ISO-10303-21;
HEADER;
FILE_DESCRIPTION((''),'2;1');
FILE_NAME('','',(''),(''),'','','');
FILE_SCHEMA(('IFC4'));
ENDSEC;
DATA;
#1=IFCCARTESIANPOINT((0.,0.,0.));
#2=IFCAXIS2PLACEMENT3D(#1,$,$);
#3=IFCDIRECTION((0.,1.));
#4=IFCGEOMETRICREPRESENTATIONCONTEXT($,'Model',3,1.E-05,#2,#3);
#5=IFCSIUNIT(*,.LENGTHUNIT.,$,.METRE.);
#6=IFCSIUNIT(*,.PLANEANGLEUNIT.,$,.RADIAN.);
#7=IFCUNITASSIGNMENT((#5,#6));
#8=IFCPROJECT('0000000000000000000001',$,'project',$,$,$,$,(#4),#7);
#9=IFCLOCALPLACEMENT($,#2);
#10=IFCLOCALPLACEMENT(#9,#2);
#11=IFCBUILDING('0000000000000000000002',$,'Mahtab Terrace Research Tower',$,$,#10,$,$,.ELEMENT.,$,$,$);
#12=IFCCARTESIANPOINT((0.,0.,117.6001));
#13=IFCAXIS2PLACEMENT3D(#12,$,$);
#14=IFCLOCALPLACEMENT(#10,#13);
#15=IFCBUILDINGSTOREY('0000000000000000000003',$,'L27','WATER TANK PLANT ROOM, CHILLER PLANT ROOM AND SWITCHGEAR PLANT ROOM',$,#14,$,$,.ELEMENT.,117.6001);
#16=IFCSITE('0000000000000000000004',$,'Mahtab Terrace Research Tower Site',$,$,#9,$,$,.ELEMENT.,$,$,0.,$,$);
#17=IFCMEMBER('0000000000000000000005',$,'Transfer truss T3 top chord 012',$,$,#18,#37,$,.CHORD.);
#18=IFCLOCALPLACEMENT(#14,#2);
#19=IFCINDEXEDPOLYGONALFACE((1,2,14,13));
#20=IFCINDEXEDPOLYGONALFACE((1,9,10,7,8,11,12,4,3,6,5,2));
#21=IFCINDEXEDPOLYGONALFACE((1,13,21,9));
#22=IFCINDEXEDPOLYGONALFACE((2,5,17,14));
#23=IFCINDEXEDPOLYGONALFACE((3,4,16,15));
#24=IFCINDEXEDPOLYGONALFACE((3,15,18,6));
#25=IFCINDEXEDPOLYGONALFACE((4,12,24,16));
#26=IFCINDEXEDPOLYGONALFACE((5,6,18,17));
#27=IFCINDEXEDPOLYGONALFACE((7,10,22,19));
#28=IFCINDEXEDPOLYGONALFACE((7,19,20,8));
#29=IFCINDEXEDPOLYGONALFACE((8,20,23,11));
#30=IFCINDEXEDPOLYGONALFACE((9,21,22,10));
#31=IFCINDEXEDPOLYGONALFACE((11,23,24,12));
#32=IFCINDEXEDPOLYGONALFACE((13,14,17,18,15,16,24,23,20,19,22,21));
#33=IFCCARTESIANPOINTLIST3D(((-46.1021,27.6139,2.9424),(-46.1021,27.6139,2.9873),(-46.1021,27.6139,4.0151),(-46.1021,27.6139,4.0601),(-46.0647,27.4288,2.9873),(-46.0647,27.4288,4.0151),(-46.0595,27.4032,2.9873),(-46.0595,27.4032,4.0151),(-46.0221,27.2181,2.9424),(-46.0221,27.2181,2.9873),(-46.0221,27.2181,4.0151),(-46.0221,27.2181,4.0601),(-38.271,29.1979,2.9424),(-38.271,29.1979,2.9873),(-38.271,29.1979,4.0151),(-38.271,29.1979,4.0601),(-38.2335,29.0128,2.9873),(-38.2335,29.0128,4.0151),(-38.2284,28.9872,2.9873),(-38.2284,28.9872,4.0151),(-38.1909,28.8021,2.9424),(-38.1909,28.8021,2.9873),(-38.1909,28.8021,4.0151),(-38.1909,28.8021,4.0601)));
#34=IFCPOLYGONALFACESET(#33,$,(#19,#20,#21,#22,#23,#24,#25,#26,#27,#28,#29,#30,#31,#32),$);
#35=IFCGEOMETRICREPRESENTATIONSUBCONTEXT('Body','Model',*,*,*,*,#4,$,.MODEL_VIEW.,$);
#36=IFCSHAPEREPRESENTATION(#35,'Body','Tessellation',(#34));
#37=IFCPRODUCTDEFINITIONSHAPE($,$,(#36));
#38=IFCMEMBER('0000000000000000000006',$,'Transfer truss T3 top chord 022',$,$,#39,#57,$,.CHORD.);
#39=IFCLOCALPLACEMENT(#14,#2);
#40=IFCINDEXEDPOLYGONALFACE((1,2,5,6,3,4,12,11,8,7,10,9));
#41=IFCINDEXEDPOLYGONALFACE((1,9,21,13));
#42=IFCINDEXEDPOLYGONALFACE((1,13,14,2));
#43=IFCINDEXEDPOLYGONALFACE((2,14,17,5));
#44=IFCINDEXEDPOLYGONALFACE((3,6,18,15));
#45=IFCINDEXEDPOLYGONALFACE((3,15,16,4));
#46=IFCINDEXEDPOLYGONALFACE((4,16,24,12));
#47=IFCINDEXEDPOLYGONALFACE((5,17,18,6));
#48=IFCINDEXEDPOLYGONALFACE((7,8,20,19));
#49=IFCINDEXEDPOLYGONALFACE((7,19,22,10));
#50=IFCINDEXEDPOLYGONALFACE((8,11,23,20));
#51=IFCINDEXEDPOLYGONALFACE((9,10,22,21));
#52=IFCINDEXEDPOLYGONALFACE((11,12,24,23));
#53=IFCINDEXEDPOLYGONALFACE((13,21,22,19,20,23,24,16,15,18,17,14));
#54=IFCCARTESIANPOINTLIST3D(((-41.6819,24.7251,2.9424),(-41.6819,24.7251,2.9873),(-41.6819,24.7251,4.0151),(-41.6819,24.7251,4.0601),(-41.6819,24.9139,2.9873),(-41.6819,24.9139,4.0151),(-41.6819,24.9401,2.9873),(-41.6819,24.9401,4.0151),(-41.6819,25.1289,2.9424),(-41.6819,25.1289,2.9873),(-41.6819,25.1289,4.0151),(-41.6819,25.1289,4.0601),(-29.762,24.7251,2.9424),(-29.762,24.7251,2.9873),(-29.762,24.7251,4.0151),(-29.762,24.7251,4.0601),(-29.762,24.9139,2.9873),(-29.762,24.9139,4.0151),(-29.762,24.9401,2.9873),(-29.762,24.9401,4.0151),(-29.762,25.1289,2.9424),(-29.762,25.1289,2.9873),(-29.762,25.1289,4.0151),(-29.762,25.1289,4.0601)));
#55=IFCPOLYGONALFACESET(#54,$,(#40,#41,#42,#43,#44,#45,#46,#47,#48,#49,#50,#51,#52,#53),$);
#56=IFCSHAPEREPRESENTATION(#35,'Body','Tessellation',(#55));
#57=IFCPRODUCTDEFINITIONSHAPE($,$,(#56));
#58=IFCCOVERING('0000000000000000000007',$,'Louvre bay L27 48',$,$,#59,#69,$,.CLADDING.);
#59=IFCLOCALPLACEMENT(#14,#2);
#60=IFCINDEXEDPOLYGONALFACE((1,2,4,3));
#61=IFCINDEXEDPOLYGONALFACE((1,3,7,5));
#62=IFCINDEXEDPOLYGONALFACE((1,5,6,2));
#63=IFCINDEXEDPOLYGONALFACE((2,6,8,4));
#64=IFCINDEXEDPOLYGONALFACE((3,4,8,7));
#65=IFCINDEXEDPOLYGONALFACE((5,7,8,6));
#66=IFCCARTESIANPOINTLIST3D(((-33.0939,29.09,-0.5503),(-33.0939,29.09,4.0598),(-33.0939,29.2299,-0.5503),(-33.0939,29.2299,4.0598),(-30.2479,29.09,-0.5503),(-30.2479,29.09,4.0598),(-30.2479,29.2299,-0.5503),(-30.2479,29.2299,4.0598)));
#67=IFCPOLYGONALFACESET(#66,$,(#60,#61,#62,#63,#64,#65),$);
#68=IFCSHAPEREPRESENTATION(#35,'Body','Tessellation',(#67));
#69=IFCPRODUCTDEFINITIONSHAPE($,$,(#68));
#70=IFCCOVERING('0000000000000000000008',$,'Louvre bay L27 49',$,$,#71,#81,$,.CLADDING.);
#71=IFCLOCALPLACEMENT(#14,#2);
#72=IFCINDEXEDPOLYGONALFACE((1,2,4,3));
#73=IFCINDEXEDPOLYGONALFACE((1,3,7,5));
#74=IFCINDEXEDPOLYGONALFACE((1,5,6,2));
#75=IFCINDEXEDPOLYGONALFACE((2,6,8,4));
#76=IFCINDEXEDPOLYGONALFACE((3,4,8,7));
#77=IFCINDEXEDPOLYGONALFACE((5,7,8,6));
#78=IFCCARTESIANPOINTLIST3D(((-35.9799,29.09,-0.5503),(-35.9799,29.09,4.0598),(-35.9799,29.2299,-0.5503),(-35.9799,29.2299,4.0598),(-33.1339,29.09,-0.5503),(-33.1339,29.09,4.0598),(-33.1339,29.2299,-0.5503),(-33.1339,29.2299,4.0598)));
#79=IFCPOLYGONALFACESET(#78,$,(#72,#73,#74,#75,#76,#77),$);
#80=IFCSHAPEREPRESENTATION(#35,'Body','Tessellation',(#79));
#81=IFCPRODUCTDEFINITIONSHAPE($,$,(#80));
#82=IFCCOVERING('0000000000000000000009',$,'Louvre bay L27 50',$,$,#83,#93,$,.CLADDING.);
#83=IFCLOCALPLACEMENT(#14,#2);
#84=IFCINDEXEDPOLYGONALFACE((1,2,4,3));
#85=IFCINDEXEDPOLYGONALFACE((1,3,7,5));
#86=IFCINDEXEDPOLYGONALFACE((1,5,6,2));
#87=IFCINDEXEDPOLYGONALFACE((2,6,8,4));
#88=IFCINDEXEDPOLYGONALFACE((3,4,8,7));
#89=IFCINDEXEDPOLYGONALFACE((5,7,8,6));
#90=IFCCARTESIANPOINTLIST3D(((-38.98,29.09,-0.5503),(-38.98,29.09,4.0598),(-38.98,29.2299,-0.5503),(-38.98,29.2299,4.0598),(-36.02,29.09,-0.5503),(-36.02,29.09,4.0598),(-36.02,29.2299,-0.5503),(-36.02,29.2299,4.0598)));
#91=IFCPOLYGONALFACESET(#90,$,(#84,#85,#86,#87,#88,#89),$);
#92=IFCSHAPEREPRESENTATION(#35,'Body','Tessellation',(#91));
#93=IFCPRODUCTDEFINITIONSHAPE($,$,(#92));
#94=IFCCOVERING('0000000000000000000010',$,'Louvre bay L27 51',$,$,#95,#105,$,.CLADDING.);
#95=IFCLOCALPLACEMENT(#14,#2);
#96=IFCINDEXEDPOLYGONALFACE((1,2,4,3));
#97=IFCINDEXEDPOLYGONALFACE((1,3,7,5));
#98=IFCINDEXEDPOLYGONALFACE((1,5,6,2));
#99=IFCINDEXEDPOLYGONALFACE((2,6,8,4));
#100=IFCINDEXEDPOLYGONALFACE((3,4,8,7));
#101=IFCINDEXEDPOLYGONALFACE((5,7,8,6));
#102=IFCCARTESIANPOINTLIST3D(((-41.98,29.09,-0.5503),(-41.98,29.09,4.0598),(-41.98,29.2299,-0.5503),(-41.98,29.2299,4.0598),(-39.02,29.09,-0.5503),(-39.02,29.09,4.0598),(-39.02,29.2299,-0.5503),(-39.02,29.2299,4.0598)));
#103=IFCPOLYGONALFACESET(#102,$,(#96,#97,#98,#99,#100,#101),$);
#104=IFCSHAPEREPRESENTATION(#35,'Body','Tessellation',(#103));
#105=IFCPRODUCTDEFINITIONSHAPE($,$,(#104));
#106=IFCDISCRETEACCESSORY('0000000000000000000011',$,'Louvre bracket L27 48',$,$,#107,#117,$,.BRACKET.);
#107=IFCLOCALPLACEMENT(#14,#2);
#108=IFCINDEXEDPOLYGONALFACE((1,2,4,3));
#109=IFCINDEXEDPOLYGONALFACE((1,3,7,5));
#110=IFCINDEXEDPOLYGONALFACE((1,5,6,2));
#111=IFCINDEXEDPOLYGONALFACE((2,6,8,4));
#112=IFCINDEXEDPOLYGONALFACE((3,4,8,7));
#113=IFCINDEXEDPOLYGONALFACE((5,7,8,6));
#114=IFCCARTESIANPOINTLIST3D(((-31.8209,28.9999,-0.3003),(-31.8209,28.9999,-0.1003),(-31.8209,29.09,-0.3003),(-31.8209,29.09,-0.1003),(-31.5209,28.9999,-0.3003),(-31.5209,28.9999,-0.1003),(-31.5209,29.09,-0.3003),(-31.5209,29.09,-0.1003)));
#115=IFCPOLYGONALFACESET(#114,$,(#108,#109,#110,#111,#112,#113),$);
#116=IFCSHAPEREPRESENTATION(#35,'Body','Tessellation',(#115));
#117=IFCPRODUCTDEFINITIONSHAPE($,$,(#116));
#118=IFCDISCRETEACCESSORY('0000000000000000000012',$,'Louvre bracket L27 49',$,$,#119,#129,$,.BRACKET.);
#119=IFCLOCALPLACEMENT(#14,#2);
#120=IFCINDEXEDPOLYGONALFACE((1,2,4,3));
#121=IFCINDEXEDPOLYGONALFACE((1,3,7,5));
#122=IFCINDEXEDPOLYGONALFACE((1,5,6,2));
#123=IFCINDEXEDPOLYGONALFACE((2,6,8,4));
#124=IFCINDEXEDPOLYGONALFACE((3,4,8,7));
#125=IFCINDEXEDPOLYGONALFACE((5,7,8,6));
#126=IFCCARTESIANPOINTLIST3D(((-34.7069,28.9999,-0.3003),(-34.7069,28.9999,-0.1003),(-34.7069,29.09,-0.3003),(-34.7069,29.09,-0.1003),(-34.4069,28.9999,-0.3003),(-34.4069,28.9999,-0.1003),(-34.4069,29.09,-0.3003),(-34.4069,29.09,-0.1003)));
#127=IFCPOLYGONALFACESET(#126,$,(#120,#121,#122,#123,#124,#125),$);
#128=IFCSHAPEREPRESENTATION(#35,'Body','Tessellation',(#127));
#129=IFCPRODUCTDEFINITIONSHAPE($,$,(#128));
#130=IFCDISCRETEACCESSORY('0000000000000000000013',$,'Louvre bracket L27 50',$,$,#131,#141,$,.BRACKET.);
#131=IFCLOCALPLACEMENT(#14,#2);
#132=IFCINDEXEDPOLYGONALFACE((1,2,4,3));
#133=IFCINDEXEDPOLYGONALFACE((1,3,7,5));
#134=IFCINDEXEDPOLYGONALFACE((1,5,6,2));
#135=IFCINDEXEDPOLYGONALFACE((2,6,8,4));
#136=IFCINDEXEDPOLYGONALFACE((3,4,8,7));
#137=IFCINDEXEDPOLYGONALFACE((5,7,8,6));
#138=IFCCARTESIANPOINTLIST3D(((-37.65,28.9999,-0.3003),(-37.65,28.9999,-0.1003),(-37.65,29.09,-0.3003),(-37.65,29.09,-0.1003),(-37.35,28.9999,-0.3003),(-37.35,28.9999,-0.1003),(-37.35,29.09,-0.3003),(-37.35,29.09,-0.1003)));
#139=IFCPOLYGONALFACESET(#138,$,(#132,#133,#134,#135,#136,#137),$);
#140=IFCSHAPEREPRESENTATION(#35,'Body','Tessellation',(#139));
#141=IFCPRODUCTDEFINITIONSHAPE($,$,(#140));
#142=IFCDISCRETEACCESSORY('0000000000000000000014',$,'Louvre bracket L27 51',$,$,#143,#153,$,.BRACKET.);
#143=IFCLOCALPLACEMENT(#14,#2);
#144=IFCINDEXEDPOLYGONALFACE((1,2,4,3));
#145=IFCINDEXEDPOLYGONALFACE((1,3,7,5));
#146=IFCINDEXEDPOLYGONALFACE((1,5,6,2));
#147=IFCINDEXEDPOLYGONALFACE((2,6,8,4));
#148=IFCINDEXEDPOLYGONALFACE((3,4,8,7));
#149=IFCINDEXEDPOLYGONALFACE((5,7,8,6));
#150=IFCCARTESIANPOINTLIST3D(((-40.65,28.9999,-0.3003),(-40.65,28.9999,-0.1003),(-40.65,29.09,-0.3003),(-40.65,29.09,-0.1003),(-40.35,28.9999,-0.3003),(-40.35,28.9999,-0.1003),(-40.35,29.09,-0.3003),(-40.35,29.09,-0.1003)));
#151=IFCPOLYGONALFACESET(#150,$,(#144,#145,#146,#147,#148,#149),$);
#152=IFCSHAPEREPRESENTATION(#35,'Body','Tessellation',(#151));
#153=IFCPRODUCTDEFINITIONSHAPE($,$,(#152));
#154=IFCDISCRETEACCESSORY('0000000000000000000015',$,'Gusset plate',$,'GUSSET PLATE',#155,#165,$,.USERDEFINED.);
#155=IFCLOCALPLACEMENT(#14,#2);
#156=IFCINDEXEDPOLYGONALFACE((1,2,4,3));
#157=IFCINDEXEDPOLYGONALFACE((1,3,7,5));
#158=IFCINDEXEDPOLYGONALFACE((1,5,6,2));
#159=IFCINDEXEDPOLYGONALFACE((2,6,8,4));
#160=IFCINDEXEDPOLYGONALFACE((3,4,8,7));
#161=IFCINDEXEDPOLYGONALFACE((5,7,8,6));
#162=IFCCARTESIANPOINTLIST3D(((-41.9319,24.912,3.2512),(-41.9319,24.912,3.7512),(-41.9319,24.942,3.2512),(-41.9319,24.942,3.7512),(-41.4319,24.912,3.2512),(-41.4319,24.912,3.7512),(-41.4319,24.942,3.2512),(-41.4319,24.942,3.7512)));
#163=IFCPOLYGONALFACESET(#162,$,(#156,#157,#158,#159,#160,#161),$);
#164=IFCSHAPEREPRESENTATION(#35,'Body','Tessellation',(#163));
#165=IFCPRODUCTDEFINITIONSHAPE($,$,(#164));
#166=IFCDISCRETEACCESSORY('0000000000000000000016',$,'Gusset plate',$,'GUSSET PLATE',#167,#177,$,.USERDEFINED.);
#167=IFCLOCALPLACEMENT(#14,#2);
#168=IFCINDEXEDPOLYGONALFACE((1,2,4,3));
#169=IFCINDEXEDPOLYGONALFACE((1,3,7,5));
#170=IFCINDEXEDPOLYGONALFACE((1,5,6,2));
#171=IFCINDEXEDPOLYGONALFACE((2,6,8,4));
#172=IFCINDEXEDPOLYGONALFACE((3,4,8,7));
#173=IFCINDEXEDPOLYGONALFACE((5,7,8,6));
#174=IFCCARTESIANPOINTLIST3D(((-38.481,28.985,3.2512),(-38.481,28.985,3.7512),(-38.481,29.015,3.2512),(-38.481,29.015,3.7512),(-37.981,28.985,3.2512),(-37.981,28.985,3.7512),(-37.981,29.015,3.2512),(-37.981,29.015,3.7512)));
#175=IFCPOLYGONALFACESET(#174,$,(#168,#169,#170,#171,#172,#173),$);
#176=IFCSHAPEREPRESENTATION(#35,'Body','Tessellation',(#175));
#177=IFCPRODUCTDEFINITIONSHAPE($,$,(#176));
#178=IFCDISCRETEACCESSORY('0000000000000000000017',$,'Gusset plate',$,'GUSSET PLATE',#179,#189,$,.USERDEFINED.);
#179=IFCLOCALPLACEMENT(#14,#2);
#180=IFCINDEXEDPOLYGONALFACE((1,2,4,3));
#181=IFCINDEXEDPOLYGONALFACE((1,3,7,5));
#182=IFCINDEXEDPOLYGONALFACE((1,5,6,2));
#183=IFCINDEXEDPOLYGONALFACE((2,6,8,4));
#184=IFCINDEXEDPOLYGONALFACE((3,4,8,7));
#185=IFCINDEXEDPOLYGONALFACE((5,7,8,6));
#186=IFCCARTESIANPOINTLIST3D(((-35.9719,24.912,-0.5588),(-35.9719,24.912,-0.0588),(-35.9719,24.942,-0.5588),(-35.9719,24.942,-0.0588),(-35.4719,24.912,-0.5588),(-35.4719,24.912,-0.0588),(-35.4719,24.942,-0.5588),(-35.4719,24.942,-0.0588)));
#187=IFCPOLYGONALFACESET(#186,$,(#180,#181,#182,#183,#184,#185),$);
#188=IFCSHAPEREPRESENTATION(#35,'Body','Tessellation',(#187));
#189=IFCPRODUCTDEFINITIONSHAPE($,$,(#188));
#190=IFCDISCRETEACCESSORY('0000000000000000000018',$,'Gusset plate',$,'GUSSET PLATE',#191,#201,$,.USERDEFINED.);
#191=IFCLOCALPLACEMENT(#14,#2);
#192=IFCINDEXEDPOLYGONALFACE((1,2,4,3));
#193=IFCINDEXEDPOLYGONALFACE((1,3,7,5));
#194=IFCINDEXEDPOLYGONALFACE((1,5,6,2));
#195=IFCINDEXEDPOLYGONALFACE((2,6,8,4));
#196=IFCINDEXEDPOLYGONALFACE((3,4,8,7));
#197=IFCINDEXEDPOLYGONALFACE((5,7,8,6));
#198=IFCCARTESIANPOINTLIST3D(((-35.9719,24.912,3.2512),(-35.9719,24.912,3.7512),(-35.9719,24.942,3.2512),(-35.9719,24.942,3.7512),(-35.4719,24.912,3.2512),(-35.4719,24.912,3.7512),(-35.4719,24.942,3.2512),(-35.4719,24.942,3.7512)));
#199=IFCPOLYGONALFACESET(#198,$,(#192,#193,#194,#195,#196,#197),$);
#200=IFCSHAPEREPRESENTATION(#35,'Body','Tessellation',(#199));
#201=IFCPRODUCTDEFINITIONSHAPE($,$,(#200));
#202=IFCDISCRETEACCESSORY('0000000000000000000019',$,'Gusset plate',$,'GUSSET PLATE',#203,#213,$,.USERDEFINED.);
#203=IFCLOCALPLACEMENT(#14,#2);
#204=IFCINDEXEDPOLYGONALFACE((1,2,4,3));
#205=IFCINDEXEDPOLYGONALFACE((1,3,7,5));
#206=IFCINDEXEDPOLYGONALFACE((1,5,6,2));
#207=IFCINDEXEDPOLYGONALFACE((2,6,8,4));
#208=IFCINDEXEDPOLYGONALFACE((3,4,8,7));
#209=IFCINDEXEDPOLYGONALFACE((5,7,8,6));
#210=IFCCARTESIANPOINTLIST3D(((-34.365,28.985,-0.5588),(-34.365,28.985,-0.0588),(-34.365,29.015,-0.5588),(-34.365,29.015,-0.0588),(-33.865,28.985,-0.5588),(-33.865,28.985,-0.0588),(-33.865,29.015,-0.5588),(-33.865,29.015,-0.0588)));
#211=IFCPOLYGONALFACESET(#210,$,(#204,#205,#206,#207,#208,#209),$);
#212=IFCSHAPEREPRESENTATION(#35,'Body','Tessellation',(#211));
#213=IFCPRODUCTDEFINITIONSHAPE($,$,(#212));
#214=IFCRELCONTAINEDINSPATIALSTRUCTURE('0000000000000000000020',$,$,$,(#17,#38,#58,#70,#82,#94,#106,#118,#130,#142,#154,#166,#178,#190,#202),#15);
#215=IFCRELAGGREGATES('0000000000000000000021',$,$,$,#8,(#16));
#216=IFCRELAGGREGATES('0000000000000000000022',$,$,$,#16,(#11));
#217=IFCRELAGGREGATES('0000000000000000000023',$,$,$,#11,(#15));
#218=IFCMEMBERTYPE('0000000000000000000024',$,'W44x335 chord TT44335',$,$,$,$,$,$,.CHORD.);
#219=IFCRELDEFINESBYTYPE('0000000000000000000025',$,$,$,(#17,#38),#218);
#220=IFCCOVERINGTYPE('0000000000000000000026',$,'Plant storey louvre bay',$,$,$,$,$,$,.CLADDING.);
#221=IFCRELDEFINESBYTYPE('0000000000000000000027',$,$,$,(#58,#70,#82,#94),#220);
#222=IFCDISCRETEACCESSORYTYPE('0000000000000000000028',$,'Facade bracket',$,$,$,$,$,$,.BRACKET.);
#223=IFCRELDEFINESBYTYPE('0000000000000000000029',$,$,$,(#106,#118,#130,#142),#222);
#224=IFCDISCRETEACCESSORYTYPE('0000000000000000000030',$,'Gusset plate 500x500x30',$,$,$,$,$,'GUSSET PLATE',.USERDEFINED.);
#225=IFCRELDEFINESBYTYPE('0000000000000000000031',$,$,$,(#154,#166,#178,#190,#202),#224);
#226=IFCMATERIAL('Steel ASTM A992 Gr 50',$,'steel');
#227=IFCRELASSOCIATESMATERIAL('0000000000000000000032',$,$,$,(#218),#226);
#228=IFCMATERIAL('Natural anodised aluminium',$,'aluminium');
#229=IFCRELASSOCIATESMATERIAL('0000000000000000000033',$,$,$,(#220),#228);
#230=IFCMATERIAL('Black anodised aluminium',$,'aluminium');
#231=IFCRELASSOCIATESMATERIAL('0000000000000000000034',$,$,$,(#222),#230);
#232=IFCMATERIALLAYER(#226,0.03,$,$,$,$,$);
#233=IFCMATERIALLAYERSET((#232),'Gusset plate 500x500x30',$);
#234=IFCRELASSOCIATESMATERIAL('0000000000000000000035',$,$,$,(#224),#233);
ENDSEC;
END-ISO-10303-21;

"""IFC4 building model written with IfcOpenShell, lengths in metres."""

from ifc_helpers import new_model, si_unit, direction, frame, origin, origin_2d, place, context, subcontext, project, spatial, rectangle, i_section, extrude, material, layer, layer_set, material_profile, profile_set, type_object, element, save


model = new_model("IFC4")

# Units and contexts
model_context = context("Model", 3, precision=1e-05, world=origin(), true_north=direction((0.0, 1.0)))
body_context = subcontext(model_context, "Body", "Model", "MODEL_VIEW")
ifc_project = project(units=[si_unit("LENGTHUNIT", "METRE"), si_unit("PLANEANGLEUNIT", "RADIAN")], contexts=[model_context])

# Site, building, storey
site_placement = place(None, origin())
site = spatial("IfcSite", under=ifc_project, at=site_placement, Name="Mahtab Terrace Research Tower Site", CompositionType="ELEMENT", RefElevation=0.0)
building_placement = place(site_placement, origin())
building = spatial("IfcBuilding", under=site, at=building_placement, Name="Mahtab Terrace Research Tower", CompositionType="ELEMENT")
storey_placement = place(building_placement, frame((0.0, 0.0, 117.6001)))
storey = spatial("IfcBuildingStorey", under=building, at=storey_placement, Name="L27", Description="WATER TANK PLANT ROOM, CHILLER PLANT ROOM AND SWITCHGEAR PLANT ROOM", CompositionType="ELEMENT", Elevation=117.6001)

# Members
ifc_material_1 = material(Name="Steel ASTM A992 Gr 50", Category="steel")
ifc_material_profile_1 = material_profile(ifc_material_1, i_section(OverallWidth=0.4038, OverallDepth=1.1177, WebThickness=0.0261, FlangeThickness=0.0449, at=origin_2d()), Name="W44X335")
ifc_profile_set_1 = profile_set([ifc_material_profile_1], Name="Steel ASTM A992 Gr 50")
member_type_1 = type_object("IfcMemberType", Name="W44x335 chord TT44335", PredefinedType="CHORD", material=ifc_profile_set_1)
member_1_placement = place(storey_placement, frame((-38.231, 29.0, 3.5012), z_axis=(-0.980151, -0.198255, 0.0), x_axis=(0.198255, -0.980151, 0.0)))
element("IfcMember", 1, at=member_1_placement, inside=storey, type_object=member_type_1, Name="Transfer truss T3 top chord 012", PredefinedType="CHORD", context=body_context, shape_type="SweptSolid", body=[
    extrude(i_section(OverallWidth=0.4038, OverallDepth=1.1177, WebThickness=0.0261, FlangeThickness=0.0449, at=origin_2d()), origin(), (0.0, 0.0, 1.0), 7.9897),
])
member_2_placement = place(storey_placement, frame((-41.6819, 24.927, 3.5012), z_axis=(1.0, 0.0, 0.0), x_axis=(0.0, 1.0, 0.0)))
element("IfcMember", 2, at=member_2_placement, inside=storey, type_object=member_type_1, Name="Transfer truss T3 top chord 022", PredefinedType="CHORD", context=body_context, shape_type="SweptSolid", body=[
    extrude(i_section(OverallWidth=0.4038, OverallDepth=1.1177, WebThickness=0.0261, FlangeThickness=0.0449, at=origin_2d()), origin(), (0.0, 0.0, 1.0), 11.9199),
])

# Coverings
ifc_material_2 = material(Name="Natural anodised aluminium", Category="aluminium")
covering_type = type_object("IfcCoveringType", Name="Plant storey louvre bay", PredefinedType="CLADDING", material=ifc_material_2)
for number, where, z_axis, x_axis, name in (
    (3, (-31.6709, 29.1599, -0.5503), (0.0, 0.0, 1.0), (-1.0, 0.0, 0.0), "Louvre bay L27 48"),
    (4, (-34.5569, 29.1599, -0.5503), (0.0, 0.0, 1.0), (-1.0, 0.0, 0.0), "Louvre bay L27 49"),
):
    element("IfcCovering", number, at=place(storey_placement, frame(where, z_axis=z_axis, x_axis=x_axis)), inside=storey, type_object=covering_type, Name=name, PredefinedType="CLADDING", context=body_context, shape_type="SweptSolid", body=[
        extrude(rectangle(XDim=2.8459, YDim=0.1399, at=origin_2d()), origin(), (0.0, 0.0, 1.0), 4.6101),
    ])
for number, where, z_axis, x_axis, name in (
    (5, (-37.5, 29.1599, -0.5503), (0.0, 0.0, 1.0), (-1.0, 0.0, 0.0), "Louvre bay L27 50"),
    (6, (-40.5, 29.1599, -0.5503), (0.0, 0.0, 1.0), (-1.0, 0.0, 0.0), "Louvre bay L27 51"),
):
    element("IfcCovering", number, at=place(storey_placement, frame(where, z_axis=z_axis, x_axis=x_axis)), inside=storey, type_object=covering_type, Name=name, PredefinedType="CLADDING", context=body_context, shape_type="SweptSolid", body=[
        extrude(rectangle(XDim=2.96, YDim=0.1399, at=origin_2d()), origin(), (0.0, 0.0, 1.0), 4.6101),
    ])

# Discrete accessories
ifc_material_3 = material(Name="Black anodised aluminium", Category="aluminium")
discrete_accessory_type_1 = type_object("IfcDiscreteAccessoryType", Name="Facade bracket", PredefinedType="BRACKET", material=ifc_material_3)
for number, where, z_axis, x_axis, name in (
    (7, (-31.6709, 29.0449, -0.3003), (0.0, 0.0, 1.0), (-1.0, 0.0, 0.0), "Louvre bracket L27 48"),
    (8, (-34.5569, 29.0449, -0.3003), (0.0, 0.0, 1.0), (-1.0, 0.0, 0.0), "Louvre bracket L27 49"),
    (9, (-37.5, 29.0449, -0.3003), (0.0, 0.0, 1.0), (-1.0, 0.0, 0.0), "Louvre bracket L27 50"),
    (10, (-40.5, 29.0449, -0.3003), (0.0, 0.0, 1.0), (-1.0, 0.0, 0.0), "Louvre bracket L27 51"),
):
    element("IfcDiscreteAccessory", number, at=place(storey_placement, frame(where, z_axis=z_axis, x_axis=x_axis)), inside=storey, type_object=discrete_accessory_type_1, Name=name, PredefinedType="BRACKET", context=body_context, shape_type="SweptSolid", body=[
        extrude(rectangle(XDim=0.3, YDim=0.0901, at=origin_2d()), origin(), (0.0, 0.0, 1.0), 0.2),
    ])
ifc_layer = layer(ifc_material_1, 0.03)
ifc_layer_set = layer_set([ifc_layer], Name="Gusset plate 500x500x30")
discrete_accessory_type_2 = type_object("IfcDiscreteAccessoryType", Name="Gusset plate 500x500x30", ElementType="GUSSET PLATE", PredefinedType="USERDEFINED", material=ifc_layer_set)
for number, where, z_axis, x_axis, name in (
    (11, (-41.6819, 24.927, 3.2512), (0.0, 0.0, 1.0), (1.0, 0.0, 0.0), "Gusset plate"),
    (12, (-38.231, 29.0, 3.2512), (0.0, 0.0, 1.0), (1.0, 0.0, 0.0), "Gusset plate"),
    (13, (-35.7219, 24.927, -0.5588), (0.0, 0.0, 1.0), (1.0, 0.0, 0.0), "Gusset plate"),
    (14, (-35.7219, 24.927, 3.2512), (0.0, 0.0, 1.0), (1.0, 0.0, 0.0), "Gusset plate"),
    (15, (-34.115, 29.0, -0.5588), (0.0, 0.0, 1.0), (1.0, 0.0, 0.0), "Gusset plate"),
):
    element("IfcDiscreteAccessory", number, at=place(storey_placement, frame(where, z_axis=z_axis, x_axis=x_axis)), inside=storey, type_object=discrete_accessory_type_2, Name=name, ObjectType="GUSSET PLATE", PredefinedType="USERDEFINED", context=body_context, shape_type="SweptSolid", body=[
        extrude(rectangle(XDim=0.5, YDim=0.03, at=origin_2d()), origin(), (0.0, 0.0, 1.0), 0.5),
    ])

save(model, "model.ifc")
